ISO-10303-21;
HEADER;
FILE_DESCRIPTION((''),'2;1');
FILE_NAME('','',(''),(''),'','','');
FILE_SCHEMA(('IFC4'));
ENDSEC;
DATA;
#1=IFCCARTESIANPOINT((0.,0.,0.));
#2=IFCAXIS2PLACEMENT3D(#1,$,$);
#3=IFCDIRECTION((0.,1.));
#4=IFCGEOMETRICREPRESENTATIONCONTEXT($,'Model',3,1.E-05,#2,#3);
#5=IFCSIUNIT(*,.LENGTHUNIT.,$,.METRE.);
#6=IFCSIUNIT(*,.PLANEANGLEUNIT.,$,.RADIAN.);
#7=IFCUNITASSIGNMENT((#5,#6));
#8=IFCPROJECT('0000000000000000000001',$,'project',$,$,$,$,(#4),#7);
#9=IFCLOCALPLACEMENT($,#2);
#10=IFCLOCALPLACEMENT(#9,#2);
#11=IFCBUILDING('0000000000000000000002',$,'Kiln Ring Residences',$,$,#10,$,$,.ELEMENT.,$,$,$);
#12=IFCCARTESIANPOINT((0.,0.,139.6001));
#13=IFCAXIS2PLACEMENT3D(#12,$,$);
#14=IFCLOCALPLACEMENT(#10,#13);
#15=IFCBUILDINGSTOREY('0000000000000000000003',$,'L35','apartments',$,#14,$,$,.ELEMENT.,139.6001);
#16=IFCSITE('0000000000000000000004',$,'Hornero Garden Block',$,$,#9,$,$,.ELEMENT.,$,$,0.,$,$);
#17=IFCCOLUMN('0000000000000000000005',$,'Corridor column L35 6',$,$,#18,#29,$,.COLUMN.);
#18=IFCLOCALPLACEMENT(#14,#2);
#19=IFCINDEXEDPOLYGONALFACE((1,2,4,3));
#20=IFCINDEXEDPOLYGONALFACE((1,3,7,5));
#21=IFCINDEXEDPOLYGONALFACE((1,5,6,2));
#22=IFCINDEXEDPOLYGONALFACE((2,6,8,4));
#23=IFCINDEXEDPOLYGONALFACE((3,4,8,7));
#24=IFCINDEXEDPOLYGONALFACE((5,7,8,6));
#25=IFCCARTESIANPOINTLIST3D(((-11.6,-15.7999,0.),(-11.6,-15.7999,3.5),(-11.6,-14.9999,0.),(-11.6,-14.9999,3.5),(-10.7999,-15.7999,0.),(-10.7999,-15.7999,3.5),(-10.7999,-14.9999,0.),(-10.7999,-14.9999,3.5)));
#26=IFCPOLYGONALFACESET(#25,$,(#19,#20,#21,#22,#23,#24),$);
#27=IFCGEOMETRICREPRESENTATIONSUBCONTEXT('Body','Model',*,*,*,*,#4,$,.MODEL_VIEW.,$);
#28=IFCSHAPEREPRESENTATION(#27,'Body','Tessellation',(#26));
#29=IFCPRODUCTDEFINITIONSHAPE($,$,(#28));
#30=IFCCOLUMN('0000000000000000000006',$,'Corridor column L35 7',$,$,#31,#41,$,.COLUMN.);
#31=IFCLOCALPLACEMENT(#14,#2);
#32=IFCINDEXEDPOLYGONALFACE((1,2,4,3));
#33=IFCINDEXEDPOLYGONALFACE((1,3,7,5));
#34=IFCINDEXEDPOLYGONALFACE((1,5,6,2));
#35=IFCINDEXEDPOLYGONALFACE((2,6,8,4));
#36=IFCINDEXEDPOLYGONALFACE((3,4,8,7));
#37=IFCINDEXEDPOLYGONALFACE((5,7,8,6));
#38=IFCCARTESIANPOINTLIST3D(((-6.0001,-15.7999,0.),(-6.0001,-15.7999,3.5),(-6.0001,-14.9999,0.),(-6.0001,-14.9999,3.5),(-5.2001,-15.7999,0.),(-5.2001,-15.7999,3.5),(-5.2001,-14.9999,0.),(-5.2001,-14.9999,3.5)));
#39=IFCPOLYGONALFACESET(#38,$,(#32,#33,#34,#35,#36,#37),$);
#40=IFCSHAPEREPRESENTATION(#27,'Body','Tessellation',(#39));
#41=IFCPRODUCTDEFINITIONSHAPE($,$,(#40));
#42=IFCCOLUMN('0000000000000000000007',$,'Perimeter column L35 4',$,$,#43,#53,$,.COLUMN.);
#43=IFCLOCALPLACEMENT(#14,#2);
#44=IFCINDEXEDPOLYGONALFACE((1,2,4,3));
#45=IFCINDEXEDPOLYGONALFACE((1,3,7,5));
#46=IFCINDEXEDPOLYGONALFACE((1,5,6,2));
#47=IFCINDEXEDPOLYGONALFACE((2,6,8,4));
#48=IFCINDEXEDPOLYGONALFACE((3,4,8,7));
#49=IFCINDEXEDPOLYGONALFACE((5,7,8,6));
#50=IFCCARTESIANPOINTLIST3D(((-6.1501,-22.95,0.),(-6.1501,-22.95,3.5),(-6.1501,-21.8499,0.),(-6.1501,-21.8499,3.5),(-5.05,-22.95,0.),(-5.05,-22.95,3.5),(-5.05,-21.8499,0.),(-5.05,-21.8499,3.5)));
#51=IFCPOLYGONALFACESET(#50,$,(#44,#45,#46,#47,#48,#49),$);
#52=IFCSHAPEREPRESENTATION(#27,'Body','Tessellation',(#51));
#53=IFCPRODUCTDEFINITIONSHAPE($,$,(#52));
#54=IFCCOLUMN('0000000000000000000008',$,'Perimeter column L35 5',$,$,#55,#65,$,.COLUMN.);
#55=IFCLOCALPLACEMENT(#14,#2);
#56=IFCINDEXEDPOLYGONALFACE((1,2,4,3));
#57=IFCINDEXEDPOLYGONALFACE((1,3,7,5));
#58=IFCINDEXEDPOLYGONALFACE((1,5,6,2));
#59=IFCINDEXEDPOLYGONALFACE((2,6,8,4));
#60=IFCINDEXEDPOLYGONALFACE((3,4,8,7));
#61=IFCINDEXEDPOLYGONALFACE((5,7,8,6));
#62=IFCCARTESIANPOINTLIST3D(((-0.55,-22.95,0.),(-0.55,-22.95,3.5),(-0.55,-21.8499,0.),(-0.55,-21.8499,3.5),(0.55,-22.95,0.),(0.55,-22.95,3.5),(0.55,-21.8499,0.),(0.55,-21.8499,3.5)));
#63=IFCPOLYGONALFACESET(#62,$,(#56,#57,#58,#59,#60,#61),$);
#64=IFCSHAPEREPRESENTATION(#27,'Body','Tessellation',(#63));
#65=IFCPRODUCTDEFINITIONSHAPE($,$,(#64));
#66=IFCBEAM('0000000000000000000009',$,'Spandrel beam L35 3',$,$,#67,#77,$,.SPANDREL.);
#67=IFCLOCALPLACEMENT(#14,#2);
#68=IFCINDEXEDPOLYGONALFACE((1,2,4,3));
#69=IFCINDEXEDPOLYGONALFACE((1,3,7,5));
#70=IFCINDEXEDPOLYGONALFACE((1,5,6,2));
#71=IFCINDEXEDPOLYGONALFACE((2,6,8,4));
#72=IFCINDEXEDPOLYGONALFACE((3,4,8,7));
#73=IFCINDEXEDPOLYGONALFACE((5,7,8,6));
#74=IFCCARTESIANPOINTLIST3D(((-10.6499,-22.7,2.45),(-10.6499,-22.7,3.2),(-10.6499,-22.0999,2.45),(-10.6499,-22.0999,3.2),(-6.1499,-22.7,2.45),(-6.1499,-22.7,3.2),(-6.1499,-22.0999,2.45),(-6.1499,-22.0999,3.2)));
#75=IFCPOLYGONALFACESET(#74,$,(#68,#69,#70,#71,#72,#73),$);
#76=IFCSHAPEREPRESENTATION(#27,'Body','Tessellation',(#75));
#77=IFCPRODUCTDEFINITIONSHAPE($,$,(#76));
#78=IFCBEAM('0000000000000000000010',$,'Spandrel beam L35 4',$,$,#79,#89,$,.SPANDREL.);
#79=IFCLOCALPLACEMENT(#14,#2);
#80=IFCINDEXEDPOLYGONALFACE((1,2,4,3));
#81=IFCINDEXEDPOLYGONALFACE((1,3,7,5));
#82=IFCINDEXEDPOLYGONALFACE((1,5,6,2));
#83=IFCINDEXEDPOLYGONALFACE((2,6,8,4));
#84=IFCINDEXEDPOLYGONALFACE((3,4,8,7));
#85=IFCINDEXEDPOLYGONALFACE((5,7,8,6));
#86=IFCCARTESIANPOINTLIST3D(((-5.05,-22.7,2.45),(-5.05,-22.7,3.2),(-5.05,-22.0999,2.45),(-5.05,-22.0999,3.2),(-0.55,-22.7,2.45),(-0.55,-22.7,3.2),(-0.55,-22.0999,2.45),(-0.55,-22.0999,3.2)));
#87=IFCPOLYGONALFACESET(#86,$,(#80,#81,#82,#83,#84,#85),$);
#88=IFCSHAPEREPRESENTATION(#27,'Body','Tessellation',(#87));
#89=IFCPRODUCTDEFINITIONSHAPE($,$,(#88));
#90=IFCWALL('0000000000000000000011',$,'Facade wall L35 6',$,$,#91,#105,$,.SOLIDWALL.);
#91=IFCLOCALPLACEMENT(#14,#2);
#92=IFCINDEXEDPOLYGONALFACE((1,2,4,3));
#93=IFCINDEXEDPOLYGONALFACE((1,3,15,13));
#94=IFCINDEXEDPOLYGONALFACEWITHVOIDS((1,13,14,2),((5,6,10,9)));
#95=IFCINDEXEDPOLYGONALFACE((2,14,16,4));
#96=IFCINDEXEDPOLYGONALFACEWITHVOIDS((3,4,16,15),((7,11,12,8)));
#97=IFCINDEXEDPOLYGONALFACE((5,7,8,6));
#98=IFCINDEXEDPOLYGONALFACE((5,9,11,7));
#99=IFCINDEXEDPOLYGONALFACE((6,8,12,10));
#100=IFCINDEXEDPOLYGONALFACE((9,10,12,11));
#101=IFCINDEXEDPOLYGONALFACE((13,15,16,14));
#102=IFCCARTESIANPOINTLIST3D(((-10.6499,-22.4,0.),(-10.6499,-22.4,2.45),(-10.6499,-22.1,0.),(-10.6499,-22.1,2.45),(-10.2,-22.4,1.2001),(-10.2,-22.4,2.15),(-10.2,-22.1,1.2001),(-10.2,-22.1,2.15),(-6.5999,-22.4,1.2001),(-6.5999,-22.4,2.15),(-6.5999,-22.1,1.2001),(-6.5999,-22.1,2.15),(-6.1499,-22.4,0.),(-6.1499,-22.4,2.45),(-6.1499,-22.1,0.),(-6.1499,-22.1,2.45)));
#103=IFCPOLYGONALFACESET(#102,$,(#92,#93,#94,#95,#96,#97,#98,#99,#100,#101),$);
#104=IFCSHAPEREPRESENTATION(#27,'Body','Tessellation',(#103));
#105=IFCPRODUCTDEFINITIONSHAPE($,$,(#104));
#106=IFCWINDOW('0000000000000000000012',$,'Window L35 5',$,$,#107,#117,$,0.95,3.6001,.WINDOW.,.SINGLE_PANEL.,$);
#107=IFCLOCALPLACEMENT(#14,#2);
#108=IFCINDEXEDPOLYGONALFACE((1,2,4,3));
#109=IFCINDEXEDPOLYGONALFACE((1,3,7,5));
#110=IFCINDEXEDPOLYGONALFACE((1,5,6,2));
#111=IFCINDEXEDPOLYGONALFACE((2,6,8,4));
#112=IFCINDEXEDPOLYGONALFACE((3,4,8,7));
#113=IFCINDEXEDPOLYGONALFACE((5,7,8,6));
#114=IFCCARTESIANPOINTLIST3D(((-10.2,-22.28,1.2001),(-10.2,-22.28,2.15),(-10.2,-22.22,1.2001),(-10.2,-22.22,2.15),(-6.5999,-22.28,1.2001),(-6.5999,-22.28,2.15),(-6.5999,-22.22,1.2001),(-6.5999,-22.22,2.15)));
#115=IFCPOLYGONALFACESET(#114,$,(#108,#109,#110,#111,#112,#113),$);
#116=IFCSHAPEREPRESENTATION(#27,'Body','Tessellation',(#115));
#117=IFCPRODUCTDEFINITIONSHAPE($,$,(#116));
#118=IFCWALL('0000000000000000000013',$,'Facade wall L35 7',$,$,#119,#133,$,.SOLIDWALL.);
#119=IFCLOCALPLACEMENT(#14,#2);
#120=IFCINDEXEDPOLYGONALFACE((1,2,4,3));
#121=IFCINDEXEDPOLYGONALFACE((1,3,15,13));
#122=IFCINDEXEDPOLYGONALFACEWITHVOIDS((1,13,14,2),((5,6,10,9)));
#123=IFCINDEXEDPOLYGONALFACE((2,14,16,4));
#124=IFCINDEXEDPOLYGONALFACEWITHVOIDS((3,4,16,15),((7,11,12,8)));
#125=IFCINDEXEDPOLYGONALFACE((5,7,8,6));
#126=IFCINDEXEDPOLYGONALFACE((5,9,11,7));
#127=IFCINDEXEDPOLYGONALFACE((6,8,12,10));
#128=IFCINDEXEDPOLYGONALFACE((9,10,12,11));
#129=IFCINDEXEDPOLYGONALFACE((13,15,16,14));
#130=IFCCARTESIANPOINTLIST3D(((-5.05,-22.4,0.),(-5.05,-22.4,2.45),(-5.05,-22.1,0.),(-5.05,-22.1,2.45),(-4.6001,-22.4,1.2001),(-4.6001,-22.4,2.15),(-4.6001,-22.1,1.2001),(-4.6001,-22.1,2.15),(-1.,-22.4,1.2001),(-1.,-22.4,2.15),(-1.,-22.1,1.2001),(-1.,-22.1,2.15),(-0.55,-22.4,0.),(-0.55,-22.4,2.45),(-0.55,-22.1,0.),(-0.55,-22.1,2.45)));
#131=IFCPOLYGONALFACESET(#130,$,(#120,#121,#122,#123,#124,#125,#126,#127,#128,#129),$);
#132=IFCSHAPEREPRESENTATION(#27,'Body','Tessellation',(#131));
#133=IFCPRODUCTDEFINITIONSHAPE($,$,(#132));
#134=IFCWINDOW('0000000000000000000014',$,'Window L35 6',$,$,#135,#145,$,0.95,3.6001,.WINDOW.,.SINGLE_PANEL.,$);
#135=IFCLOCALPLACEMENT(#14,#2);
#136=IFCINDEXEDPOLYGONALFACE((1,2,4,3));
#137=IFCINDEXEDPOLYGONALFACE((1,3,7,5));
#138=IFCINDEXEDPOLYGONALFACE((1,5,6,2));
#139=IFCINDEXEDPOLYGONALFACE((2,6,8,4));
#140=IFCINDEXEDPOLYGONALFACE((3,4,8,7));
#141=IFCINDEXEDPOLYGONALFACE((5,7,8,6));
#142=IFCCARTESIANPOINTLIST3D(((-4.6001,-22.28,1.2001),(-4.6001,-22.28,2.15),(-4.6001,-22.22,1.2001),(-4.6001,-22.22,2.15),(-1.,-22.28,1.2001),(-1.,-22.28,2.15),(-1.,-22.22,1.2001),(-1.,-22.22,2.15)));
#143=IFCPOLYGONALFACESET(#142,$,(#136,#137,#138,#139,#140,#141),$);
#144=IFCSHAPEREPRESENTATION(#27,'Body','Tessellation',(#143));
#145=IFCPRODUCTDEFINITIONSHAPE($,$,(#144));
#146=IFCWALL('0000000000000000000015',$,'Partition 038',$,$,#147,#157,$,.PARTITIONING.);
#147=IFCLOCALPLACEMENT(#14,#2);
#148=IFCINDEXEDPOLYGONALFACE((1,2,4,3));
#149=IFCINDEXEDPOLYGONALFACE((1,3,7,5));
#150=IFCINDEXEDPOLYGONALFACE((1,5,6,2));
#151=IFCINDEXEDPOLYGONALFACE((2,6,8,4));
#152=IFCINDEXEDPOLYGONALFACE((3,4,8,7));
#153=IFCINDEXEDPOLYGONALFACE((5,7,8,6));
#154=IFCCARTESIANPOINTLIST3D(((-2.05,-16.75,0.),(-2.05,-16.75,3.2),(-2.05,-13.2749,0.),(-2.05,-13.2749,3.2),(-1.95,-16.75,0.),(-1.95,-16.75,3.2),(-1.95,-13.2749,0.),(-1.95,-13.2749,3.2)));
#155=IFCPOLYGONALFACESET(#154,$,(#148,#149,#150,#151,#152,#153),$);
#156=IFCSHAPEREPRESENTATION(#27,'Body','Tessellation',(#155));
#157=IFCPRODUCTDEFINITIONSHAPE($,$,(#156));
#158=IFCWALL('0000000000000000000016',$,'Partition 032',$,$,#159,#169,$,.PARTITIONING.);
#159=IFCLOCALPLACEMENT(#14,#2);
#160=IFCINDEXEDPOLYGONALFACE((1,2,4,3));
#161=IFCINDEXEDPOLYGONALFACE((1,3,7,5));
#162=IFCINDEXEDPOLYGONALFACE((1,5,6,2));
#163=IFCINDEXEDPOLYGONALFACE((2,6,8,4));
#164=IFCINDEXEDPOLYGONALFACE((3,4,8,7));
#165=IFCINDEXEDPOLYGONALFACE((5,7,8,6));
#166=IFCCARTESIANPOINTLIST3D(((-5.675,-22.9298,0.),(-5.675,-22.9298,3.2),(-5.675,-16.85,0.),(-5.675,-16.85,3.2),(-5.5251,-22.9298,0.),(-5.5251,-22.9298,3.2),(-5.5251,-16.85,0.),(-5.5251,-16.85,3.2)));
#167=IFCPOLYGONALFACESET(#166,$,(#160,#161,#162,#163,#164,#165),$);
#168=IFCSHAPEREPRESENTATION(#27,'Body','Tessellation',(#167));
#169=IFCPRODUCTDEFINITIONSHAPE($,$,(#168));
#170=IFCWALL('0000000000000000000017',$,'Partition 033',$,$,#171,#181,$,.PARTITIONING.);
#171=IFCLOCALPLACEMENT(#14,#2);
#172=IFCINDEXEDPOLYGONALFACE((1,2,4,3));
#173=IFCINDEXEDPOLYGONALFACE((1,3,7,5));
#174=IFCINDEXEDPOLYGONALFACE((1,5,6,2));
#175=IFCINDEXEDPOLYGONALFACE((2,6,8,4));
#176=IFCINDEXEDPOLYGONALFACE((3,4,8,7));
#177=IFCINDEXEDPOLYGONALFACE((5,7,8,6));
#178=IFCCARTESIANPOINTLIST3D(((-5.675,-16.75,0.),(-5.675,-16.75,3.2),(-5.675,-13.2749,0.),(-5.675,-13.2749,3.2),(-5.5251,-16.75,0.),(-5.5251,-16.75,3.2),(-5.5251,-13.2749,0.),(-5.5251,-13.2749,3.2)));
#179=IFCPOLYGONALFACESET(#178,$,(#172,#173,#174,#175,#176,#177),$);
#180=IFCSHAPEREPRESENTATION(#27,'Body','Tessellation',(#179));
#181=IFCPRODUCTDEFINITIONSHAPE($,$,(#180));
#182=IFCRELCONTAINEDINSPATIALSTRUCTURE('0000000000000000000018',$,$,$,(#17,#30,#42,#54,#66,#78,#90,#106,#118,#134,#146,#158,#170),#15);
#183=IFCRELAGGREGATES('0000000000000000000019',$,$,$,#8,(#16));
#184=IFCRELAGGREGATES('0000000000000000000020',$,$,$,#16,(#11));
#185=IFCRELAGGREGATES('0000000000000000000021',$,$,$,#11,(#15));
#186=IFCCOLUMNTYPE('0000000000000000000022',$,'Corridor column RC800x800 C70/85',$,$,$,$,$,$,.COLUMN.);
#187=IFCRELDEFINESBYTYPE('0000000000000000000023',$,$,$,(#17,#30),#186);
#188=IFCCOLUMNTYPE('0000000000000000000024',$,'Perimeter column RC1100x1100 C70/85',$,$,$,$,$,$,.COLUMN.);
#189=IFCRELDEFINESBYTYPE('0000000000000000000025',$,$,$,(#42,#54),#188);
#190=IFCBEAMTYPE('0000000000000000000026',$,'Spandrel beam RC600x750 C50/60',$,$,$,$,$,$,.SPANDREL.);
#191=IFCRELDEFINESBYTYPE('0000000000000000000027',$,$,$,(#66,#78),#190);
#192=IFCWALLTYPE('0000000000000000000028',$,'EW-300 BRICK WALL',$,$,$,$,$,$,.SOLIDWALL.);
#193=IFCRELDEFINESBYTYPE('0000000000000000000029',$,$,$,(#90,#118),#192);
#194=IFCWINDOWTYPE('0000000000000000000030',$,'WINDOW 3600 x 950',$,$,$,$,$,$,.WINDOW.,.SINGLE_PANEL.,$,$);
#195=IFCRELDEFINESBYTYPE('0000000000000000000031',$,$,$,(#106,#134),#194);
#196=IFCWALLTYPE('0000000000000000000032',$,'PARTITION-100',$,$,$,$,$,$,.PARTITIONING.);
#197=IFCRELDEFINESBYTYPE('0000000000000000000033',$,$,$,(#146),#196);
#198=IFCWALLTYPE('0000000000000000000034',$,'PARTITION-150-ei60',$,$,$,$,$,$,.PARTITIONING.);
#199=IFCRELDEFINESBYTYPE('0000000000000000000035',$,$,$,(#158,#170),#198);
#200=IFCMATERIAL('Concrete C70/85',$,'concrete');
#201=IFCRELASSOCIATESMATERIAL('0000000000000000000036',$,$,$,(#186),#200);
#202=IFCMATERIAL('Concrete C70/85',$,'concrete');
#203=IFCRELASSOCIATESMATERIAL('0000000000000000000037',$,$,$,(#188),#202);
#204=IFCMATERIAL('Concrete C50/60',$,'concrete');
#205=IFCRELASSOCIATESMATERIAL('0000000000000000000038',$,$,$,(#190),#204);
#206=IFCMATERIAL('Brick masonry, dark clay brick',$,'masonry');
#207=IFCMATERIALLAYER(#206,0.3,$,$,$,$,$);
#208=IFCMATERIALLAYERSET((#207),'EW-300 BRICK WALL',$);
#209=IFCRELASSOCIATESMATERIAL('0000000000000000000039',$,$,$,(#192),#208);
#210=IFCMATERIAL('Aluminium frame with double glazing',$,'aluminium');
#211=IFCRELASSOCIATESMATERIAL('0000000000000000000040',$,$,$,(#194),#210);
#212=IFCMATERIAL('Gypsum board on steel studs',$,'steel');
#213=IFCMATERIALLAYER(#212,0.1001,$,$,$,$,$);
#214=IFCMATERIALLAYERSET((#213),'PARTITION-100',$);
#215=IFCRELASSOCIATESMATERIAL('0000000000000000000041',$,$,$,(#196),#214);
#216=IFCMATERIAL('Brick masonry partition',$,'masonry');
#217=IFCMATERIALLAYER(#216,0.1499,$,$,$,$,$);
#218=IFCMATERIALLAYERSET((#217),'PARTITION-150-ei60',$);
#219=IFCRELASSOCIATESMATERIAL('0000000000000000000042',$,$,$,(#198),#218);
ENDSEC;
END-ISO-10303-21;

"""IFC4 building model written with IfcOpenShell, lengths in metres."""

from ifc_helpers import new_model, si_unit, direction, frame, frame_2d, origin, origin_2d, place, context, subcontext, project, spatial, rectangle, extrude, material, layer, layer_set, material_profile, profile_set, type_object, element, fill, save


model = new_model("IFC4")

# Units and contexts
model_context = context("Model", 3, precision=1e-05, world=origin(), true_north=direction((0.0, 1.0)))
body_context = subcontext(model_context, "Body", "Model", "MODEL_VIEW")
ifc_project = project(units=[si_unit("LENGTHUNIT", "METRE"), si_unit("PLANEANGLEUNIT", "RADIAN")], contexts=[model_context])

# Site, building, storey
site_placement = place(None, origin())
site = spatial("IfcSite", under=ifc_project, at=site_placement, Name="Hornero Garden Block", CompositionType="ELEMENT", RefElevation=0.0)
building_placement = place(site_placement, origin())
building = spatial("IfcBuilding", under=site, at=building_placement, Name="Kiln Ring Residences", CompositionType="ELEMENT")
storey_placement = place(building_placement, frame((0.0, 0.0, 139.6001)))
storey = spatial("IfcBuildingStorey", under=building, at=storey_placement, Name="L35", Description="apartments", CompositionType="ELEMENT", Elevation=139.6001)

# Columns
ifc_material_1 = material(Name="Concrete C70/85", Category="concrete")
ifc_material_profile_1 = material_profile(ifc_material_1, rectangle(XDim=0.8, YDim=0.8, at=origin_2d()), Name="RC800x800")
ifc_profile_set_1 = profile_set([ifc_material_profile_1], Name="Concrete C70/85")
column_type_1 = type_object("IfcColumnType", Name="Corridor column RC800x800 C70/85", PredefinedType="COLUMN", material=ifc_profile_set_1)
for number, where, z_axis, x_axis, name in (
    (1, (-11.2, -15.3999, 0.0), (0.0, 0.0, 1.0), (1.0, 0.0, 0.0), "Corridor column L35 6"),
    (2, (-5.6001, -15.3999, 0.0), (0.0, 0.0, 1.0), (1.0, 0.0, 0.0), "Corridor column L35 7"),
):
    element("IfcColumn", number, at=place(storey_placement, frame(where, z_axis=z_axis, x_axis=x_axis)), inside=storey, type_object=column_type_1, Name=name, PredefinedType="COLUMN", context=body_context, shape_type="SweptSolid", body=[
        extrude(rectangle(XDim=0.8, YDim=0.8, at=origin_2d()), origin(), (0.0, 0.0, 1.0), 3.5),
    ])
ifc_material_2 = material(Name="Concrete C70/85", Category="concrete")
ifc_material_profile_2 = material_profile(ifc_material_2, rectangle(XDim=1.1001, YDim=1.1001, at=origin_2d()), Name="RC1100x1100")
ifc_profile_set_2 = profile_set([ifc_material_profile_2], Name="Concrete C70/85")
column_type_2 = type_object("IfcColumnType", Name="Perimeter column RC1100x1100 C70/85", PredefinedType="COLUMN", material=ifc_profile_set_2)
for number, where, z_axis, x_axis, name in (
    (3, (-5.6001, -22.3999, 0.0), (0.0, 0.0, 1.0), (1.0, 0.0, 0.0), "Perimeter column L35 4"),
    (4, (0.0, -22.3999, 0.0), (0.0, 0.0, 1.0), (1.0, 0.0, 0.0), "Perimeter column L35 5"),
):
    element("IfcColumn", number, at=place(storey_placement, frame(where, z_axis=z_axis, x_axis=x_axis)), inside=storey, type_object=column_type_2, Name=name, PredefinedType="COLUMN", context=body_context, shape_type="SweptSolid", body=[
        extrude(rectangle(XDim=1.1001, YDim=1.1001, at=origin_2d()), origin(), (0.0, 0.0, 1.0), 3.5),
    ])

# Beams
ifc_material_3 = material(Name="Concrete C50/60", Category="concrete")
ifc_material_profile_3 = material_profile(ifc_material_3, rectangle(XDim=0.6001, YDim=0.75, at=origin_2d()), Name="RC600x750")
ifc_profile_set_3 = profile_set([ifc_material_profile_3], Name="Concrete C50/60")
beam_type = type_object("IfcBeamType", Name="Spandrel beam RC600x750 C50/60", PredefinedType="SPANDREL", material=ifc_profile_set_3)
for number, where, z_axis, x_axis, name in (
    (5, (-10.6499, -22.3999, 2.825), (1.0, 0.0, 0.0), (0.0, 1.0, 0.0), "Spandrel beam L35 3"),
    (6, (-5.05, -22.3999, 2.825), (1.0, 0.0, 0.0), (0.0, 1.0, 0.0), "Spandrel beam L35 4"),
):
    element("IfcBeam", number, at=place(storey_placement, frame(where, z_axis=z_axis, x_axis=x_axis)), inside=storey, type_object=beam_type, Name=name, PredefinedType="SPANDREL", context=body_context, shape_type="SweptSolid", body=[
        extrude(rectangle(XDim=0.6001, YDim=0.75, at=origin_2d()), origin(), (0.0, 0.0, 1.0), 4.5),
    ])

# Walls, openings, windows
ifc_material_4 = material(Name="Brick masonry, dark clay brick", Category="masonry")
ifc_layer_1 = layer(ifc_material_4, 0.3)
ifc_layer_set_1 = layer_set([ifc_layer_1], Name="EW-300 BRICK WALL")
wall_type_1 = type_object("IfcWallType", Name="EW-300 BRICK WALL", PredefinedType="SOLIDWALL", material=ifc_layer_set_1)
wall_1_placement = place(storey_placement, frame((-10.6499, -22.25, 0.0), z_axis=(0.0, 0.0, 1.0), x_axis=(1.0, 0.0, 0.0)))
wall_1 = element("IfcWall", 7, at=wall_1_placement, inside=storey, type_object=wall_type_1, Name="Facade wall L35 6", PredefinedType="SOLIDWALL", context=body_context, shape_type="SweptSolid", body=[
    extrude(rectangle(XDim=4.5, YDim=0.3, at=frame_2d((2.25, 0.0))), origin(), (0.0, 0.0, 1.0), 2.45),
])
opening_1_placement = place(wall_1_placement, frame((0.45, 0.0, 1.2)))
opening_1 = element("IfcOpeningElement", 8, at=opening_1_placement, cuts=wall_1, PredefinedType="OPENING", context=body_context, shape_type="SweptSolid", body=[
    extrude(rectangle(XDim=3.6001, YDim=0.95, at=frame_2d((1.8, 0.4751))), frame((0.0, 0.1599, 0.0), z_axis=(0.0, -1.0, 0.0), x_axis=(1.0, 0.0, 0.0)), (0.0, 0.0, 1.0), 0.3201),
])
ifc_material_5 = material(Name="Aluminium frame with double glazing", Category="aluminium")
window_type = type_object("IfcWindowType", Name="WINDOW 3600 x 950", PartitioningType="SINGLE_PANEL", PredefinedType="WINDOW", material=ifc_material_5)
window_1_placement = place(opening_1_placement, origin())
window_1 = element("IfcWindow", 9, at=window_1_placement, inside=storey, type_object=window_type, Name="Window L35 5", OverallHeight=0.95, OverallWidth=3.6001, PartitioningType="SINGLE_PANEL", PredefinedType="WINDOW", context=body_context, shape_type="SweptSolid", body=[
    extrude(rectangle(XDim=3.6001, YDim=0.95, at=frame_2d((1.8, 0.4751))), frame((0.0, 0.03, 0.0), z_axis=(0.0, -1.0, 0.0), x_axis=(1.0, 0.0, 0.0)), (0.0, 0.0, 1.0), 0.0601),
])
fill(opening_1, window_1)
wall_2_placement = place(storey_placement, frame((-5.05, -22.25, 0.0), z_axis=(0.0, 0.0, 1.0), x_axis=(1.0, 0.0, 0.0)))
wall_2 = element("IfcWall", 10, at=wall_2_placement, inside=storey, type_object=wall_type_1, Name="Facade wall L35 7", PredefinedType="SOLIDWALL", context=body_context, shape_type="SweptSolid", body=[
    extrude(rectangle(XDim=4.5, YDim=0.3, at=frame_2d((2.25, 0.0))), origin(), (0.0, 0.0, 1.0), 2.45),
])
opening_2_placement = place(wall_2_placement, frame((0.45, 0.0, 1.2)))
opening_2 = element("IfcOpeningElement", 11, at=opening_2_placement, cuts=wall_2, PredefinedType="OPENING", context=body_context, shape_type="SweptSolid", body=[
    extrude(rectangle(XDim=3.6001, YDim=0.95, at=frame_2d((1.8, 0.4751))), frame((0.0, 0.1599, 0.0), z_axis=(0.0, -1.0, 0.0), x_axis=(1.0, 0.0, 0.0)), (0.0, 0.0, 1.0), 0.3201),
])
window_2_placement = place(opening_2_placement, origin())
window_2 = element("IfcWindow", 12, at=window_2_placement, inside=storey, type_object=window_type, Name="Window L35 6", OverallHeight=0.95, OverallWidth=3.6001, PartitioningType="SINGLE_PANEL", PredefinedType="WINDOW", context=body_context, shape_type="SweptSolid", body=[
    extrude(rectangle(XDim=3.6001, YDim=0.95, at=frame_2d((1.8, 0.4751))), frame((0.0, 0.03, 0.0), z_axis=(0.0, -1.0, 0.0), x_axis=(1.0, 0.0, 0.0)), (0.0, 0.0, 1.0), 0.0601),
])
fill(opening_2, window_2)

# Walls
ifc_material_6 = material(Name="Gypsum board on steel studs", Category="steel")
ifc_layer_2 = layer(ifc_material_6, 0.1001)
ifc_layer_set_2 = layer_set([ifc_layer_2], Name="PARTITION-100")
wall_type_2 = type_object("IfcWallType", Name="PARTITION-100", PredefinedType="PARTITIONING", material=ifc_layer_set_2)
wall_3_placement = place(storey_placement, frame((-2.0, -16.75, 0.0), z_axis=(0.0, 0.0, 1.0), x_axis=(0.0, 1.0, 0.0)))
element("IfcWall", 13, at=wall_3_placement, inside=storey, type_object=wall_type_2, Name="Partition 038", PredefinedType="PARTITIONING", context=body_context, shape_type="SweptSolid", body=[
    extrude(rectangle(XDim=3.4751, YDim=0.1001, at=frame_2d((1.7375, 0.0))), origin(), (0.0, 0.0, 1.0), 3.2),
])
ifc_material_7 = material(Name="Brick masonry partition", Category="masonry")
ifc_layer_3 = layer(ifc_material_7, 0.1499)
ifc_layer_set_3 = layer_set([ifc_layer_3], Name="PARTITION-150-ei60")
wall_type_3 = type_object("IfcWallType", Name="PARTITION-150-ei60", PredefinedType="PARTITIONING", material=ifc_layer_set_3)
wall_4_placement = place(storey_placement, frame((-5.6001, -22.9299, 0.0), z_axis=(0.0, 0.0, 1.0), x_axis=(0.0, 1.0, 0.0)))
element("IfcWall", 14, at=wall_4_placement, inside=storey, type_object=wall_type_3, Name="Partition 032", PredefinedType="PARTITIONING", context=body_context, shape_type="SweptSolid", body=[
    extrude(rectangle(XDim=6.0798, YDim=0.1499, at=frame_2d((3.04, 0.0))), origin(), (0.0, 0.0, 1.0), 3.2),
])
wall_5_placement = place(storey_placement, frame((-5.6001, -16.75, 0.0), z_axis=(0.0, 0.0, 1.0), x_axis=(0.0, 1.0, 0.0)))
element("IfcWall", 15, at=wall_5_placement, inside=storey, type_object=wall_type_3, Name="Partition 033", PredefinedType="PARTITIONING", context=body_context, shape_type="SweptSolid", body=[
    extrude(rectangle(XDim=3.4751, YDim=0.1499, at=frame_2d((1.7375, 0.0))), origin(), (0.0, 0.0, 1.0), 3.2),
])

save(model, "model.ifc")
